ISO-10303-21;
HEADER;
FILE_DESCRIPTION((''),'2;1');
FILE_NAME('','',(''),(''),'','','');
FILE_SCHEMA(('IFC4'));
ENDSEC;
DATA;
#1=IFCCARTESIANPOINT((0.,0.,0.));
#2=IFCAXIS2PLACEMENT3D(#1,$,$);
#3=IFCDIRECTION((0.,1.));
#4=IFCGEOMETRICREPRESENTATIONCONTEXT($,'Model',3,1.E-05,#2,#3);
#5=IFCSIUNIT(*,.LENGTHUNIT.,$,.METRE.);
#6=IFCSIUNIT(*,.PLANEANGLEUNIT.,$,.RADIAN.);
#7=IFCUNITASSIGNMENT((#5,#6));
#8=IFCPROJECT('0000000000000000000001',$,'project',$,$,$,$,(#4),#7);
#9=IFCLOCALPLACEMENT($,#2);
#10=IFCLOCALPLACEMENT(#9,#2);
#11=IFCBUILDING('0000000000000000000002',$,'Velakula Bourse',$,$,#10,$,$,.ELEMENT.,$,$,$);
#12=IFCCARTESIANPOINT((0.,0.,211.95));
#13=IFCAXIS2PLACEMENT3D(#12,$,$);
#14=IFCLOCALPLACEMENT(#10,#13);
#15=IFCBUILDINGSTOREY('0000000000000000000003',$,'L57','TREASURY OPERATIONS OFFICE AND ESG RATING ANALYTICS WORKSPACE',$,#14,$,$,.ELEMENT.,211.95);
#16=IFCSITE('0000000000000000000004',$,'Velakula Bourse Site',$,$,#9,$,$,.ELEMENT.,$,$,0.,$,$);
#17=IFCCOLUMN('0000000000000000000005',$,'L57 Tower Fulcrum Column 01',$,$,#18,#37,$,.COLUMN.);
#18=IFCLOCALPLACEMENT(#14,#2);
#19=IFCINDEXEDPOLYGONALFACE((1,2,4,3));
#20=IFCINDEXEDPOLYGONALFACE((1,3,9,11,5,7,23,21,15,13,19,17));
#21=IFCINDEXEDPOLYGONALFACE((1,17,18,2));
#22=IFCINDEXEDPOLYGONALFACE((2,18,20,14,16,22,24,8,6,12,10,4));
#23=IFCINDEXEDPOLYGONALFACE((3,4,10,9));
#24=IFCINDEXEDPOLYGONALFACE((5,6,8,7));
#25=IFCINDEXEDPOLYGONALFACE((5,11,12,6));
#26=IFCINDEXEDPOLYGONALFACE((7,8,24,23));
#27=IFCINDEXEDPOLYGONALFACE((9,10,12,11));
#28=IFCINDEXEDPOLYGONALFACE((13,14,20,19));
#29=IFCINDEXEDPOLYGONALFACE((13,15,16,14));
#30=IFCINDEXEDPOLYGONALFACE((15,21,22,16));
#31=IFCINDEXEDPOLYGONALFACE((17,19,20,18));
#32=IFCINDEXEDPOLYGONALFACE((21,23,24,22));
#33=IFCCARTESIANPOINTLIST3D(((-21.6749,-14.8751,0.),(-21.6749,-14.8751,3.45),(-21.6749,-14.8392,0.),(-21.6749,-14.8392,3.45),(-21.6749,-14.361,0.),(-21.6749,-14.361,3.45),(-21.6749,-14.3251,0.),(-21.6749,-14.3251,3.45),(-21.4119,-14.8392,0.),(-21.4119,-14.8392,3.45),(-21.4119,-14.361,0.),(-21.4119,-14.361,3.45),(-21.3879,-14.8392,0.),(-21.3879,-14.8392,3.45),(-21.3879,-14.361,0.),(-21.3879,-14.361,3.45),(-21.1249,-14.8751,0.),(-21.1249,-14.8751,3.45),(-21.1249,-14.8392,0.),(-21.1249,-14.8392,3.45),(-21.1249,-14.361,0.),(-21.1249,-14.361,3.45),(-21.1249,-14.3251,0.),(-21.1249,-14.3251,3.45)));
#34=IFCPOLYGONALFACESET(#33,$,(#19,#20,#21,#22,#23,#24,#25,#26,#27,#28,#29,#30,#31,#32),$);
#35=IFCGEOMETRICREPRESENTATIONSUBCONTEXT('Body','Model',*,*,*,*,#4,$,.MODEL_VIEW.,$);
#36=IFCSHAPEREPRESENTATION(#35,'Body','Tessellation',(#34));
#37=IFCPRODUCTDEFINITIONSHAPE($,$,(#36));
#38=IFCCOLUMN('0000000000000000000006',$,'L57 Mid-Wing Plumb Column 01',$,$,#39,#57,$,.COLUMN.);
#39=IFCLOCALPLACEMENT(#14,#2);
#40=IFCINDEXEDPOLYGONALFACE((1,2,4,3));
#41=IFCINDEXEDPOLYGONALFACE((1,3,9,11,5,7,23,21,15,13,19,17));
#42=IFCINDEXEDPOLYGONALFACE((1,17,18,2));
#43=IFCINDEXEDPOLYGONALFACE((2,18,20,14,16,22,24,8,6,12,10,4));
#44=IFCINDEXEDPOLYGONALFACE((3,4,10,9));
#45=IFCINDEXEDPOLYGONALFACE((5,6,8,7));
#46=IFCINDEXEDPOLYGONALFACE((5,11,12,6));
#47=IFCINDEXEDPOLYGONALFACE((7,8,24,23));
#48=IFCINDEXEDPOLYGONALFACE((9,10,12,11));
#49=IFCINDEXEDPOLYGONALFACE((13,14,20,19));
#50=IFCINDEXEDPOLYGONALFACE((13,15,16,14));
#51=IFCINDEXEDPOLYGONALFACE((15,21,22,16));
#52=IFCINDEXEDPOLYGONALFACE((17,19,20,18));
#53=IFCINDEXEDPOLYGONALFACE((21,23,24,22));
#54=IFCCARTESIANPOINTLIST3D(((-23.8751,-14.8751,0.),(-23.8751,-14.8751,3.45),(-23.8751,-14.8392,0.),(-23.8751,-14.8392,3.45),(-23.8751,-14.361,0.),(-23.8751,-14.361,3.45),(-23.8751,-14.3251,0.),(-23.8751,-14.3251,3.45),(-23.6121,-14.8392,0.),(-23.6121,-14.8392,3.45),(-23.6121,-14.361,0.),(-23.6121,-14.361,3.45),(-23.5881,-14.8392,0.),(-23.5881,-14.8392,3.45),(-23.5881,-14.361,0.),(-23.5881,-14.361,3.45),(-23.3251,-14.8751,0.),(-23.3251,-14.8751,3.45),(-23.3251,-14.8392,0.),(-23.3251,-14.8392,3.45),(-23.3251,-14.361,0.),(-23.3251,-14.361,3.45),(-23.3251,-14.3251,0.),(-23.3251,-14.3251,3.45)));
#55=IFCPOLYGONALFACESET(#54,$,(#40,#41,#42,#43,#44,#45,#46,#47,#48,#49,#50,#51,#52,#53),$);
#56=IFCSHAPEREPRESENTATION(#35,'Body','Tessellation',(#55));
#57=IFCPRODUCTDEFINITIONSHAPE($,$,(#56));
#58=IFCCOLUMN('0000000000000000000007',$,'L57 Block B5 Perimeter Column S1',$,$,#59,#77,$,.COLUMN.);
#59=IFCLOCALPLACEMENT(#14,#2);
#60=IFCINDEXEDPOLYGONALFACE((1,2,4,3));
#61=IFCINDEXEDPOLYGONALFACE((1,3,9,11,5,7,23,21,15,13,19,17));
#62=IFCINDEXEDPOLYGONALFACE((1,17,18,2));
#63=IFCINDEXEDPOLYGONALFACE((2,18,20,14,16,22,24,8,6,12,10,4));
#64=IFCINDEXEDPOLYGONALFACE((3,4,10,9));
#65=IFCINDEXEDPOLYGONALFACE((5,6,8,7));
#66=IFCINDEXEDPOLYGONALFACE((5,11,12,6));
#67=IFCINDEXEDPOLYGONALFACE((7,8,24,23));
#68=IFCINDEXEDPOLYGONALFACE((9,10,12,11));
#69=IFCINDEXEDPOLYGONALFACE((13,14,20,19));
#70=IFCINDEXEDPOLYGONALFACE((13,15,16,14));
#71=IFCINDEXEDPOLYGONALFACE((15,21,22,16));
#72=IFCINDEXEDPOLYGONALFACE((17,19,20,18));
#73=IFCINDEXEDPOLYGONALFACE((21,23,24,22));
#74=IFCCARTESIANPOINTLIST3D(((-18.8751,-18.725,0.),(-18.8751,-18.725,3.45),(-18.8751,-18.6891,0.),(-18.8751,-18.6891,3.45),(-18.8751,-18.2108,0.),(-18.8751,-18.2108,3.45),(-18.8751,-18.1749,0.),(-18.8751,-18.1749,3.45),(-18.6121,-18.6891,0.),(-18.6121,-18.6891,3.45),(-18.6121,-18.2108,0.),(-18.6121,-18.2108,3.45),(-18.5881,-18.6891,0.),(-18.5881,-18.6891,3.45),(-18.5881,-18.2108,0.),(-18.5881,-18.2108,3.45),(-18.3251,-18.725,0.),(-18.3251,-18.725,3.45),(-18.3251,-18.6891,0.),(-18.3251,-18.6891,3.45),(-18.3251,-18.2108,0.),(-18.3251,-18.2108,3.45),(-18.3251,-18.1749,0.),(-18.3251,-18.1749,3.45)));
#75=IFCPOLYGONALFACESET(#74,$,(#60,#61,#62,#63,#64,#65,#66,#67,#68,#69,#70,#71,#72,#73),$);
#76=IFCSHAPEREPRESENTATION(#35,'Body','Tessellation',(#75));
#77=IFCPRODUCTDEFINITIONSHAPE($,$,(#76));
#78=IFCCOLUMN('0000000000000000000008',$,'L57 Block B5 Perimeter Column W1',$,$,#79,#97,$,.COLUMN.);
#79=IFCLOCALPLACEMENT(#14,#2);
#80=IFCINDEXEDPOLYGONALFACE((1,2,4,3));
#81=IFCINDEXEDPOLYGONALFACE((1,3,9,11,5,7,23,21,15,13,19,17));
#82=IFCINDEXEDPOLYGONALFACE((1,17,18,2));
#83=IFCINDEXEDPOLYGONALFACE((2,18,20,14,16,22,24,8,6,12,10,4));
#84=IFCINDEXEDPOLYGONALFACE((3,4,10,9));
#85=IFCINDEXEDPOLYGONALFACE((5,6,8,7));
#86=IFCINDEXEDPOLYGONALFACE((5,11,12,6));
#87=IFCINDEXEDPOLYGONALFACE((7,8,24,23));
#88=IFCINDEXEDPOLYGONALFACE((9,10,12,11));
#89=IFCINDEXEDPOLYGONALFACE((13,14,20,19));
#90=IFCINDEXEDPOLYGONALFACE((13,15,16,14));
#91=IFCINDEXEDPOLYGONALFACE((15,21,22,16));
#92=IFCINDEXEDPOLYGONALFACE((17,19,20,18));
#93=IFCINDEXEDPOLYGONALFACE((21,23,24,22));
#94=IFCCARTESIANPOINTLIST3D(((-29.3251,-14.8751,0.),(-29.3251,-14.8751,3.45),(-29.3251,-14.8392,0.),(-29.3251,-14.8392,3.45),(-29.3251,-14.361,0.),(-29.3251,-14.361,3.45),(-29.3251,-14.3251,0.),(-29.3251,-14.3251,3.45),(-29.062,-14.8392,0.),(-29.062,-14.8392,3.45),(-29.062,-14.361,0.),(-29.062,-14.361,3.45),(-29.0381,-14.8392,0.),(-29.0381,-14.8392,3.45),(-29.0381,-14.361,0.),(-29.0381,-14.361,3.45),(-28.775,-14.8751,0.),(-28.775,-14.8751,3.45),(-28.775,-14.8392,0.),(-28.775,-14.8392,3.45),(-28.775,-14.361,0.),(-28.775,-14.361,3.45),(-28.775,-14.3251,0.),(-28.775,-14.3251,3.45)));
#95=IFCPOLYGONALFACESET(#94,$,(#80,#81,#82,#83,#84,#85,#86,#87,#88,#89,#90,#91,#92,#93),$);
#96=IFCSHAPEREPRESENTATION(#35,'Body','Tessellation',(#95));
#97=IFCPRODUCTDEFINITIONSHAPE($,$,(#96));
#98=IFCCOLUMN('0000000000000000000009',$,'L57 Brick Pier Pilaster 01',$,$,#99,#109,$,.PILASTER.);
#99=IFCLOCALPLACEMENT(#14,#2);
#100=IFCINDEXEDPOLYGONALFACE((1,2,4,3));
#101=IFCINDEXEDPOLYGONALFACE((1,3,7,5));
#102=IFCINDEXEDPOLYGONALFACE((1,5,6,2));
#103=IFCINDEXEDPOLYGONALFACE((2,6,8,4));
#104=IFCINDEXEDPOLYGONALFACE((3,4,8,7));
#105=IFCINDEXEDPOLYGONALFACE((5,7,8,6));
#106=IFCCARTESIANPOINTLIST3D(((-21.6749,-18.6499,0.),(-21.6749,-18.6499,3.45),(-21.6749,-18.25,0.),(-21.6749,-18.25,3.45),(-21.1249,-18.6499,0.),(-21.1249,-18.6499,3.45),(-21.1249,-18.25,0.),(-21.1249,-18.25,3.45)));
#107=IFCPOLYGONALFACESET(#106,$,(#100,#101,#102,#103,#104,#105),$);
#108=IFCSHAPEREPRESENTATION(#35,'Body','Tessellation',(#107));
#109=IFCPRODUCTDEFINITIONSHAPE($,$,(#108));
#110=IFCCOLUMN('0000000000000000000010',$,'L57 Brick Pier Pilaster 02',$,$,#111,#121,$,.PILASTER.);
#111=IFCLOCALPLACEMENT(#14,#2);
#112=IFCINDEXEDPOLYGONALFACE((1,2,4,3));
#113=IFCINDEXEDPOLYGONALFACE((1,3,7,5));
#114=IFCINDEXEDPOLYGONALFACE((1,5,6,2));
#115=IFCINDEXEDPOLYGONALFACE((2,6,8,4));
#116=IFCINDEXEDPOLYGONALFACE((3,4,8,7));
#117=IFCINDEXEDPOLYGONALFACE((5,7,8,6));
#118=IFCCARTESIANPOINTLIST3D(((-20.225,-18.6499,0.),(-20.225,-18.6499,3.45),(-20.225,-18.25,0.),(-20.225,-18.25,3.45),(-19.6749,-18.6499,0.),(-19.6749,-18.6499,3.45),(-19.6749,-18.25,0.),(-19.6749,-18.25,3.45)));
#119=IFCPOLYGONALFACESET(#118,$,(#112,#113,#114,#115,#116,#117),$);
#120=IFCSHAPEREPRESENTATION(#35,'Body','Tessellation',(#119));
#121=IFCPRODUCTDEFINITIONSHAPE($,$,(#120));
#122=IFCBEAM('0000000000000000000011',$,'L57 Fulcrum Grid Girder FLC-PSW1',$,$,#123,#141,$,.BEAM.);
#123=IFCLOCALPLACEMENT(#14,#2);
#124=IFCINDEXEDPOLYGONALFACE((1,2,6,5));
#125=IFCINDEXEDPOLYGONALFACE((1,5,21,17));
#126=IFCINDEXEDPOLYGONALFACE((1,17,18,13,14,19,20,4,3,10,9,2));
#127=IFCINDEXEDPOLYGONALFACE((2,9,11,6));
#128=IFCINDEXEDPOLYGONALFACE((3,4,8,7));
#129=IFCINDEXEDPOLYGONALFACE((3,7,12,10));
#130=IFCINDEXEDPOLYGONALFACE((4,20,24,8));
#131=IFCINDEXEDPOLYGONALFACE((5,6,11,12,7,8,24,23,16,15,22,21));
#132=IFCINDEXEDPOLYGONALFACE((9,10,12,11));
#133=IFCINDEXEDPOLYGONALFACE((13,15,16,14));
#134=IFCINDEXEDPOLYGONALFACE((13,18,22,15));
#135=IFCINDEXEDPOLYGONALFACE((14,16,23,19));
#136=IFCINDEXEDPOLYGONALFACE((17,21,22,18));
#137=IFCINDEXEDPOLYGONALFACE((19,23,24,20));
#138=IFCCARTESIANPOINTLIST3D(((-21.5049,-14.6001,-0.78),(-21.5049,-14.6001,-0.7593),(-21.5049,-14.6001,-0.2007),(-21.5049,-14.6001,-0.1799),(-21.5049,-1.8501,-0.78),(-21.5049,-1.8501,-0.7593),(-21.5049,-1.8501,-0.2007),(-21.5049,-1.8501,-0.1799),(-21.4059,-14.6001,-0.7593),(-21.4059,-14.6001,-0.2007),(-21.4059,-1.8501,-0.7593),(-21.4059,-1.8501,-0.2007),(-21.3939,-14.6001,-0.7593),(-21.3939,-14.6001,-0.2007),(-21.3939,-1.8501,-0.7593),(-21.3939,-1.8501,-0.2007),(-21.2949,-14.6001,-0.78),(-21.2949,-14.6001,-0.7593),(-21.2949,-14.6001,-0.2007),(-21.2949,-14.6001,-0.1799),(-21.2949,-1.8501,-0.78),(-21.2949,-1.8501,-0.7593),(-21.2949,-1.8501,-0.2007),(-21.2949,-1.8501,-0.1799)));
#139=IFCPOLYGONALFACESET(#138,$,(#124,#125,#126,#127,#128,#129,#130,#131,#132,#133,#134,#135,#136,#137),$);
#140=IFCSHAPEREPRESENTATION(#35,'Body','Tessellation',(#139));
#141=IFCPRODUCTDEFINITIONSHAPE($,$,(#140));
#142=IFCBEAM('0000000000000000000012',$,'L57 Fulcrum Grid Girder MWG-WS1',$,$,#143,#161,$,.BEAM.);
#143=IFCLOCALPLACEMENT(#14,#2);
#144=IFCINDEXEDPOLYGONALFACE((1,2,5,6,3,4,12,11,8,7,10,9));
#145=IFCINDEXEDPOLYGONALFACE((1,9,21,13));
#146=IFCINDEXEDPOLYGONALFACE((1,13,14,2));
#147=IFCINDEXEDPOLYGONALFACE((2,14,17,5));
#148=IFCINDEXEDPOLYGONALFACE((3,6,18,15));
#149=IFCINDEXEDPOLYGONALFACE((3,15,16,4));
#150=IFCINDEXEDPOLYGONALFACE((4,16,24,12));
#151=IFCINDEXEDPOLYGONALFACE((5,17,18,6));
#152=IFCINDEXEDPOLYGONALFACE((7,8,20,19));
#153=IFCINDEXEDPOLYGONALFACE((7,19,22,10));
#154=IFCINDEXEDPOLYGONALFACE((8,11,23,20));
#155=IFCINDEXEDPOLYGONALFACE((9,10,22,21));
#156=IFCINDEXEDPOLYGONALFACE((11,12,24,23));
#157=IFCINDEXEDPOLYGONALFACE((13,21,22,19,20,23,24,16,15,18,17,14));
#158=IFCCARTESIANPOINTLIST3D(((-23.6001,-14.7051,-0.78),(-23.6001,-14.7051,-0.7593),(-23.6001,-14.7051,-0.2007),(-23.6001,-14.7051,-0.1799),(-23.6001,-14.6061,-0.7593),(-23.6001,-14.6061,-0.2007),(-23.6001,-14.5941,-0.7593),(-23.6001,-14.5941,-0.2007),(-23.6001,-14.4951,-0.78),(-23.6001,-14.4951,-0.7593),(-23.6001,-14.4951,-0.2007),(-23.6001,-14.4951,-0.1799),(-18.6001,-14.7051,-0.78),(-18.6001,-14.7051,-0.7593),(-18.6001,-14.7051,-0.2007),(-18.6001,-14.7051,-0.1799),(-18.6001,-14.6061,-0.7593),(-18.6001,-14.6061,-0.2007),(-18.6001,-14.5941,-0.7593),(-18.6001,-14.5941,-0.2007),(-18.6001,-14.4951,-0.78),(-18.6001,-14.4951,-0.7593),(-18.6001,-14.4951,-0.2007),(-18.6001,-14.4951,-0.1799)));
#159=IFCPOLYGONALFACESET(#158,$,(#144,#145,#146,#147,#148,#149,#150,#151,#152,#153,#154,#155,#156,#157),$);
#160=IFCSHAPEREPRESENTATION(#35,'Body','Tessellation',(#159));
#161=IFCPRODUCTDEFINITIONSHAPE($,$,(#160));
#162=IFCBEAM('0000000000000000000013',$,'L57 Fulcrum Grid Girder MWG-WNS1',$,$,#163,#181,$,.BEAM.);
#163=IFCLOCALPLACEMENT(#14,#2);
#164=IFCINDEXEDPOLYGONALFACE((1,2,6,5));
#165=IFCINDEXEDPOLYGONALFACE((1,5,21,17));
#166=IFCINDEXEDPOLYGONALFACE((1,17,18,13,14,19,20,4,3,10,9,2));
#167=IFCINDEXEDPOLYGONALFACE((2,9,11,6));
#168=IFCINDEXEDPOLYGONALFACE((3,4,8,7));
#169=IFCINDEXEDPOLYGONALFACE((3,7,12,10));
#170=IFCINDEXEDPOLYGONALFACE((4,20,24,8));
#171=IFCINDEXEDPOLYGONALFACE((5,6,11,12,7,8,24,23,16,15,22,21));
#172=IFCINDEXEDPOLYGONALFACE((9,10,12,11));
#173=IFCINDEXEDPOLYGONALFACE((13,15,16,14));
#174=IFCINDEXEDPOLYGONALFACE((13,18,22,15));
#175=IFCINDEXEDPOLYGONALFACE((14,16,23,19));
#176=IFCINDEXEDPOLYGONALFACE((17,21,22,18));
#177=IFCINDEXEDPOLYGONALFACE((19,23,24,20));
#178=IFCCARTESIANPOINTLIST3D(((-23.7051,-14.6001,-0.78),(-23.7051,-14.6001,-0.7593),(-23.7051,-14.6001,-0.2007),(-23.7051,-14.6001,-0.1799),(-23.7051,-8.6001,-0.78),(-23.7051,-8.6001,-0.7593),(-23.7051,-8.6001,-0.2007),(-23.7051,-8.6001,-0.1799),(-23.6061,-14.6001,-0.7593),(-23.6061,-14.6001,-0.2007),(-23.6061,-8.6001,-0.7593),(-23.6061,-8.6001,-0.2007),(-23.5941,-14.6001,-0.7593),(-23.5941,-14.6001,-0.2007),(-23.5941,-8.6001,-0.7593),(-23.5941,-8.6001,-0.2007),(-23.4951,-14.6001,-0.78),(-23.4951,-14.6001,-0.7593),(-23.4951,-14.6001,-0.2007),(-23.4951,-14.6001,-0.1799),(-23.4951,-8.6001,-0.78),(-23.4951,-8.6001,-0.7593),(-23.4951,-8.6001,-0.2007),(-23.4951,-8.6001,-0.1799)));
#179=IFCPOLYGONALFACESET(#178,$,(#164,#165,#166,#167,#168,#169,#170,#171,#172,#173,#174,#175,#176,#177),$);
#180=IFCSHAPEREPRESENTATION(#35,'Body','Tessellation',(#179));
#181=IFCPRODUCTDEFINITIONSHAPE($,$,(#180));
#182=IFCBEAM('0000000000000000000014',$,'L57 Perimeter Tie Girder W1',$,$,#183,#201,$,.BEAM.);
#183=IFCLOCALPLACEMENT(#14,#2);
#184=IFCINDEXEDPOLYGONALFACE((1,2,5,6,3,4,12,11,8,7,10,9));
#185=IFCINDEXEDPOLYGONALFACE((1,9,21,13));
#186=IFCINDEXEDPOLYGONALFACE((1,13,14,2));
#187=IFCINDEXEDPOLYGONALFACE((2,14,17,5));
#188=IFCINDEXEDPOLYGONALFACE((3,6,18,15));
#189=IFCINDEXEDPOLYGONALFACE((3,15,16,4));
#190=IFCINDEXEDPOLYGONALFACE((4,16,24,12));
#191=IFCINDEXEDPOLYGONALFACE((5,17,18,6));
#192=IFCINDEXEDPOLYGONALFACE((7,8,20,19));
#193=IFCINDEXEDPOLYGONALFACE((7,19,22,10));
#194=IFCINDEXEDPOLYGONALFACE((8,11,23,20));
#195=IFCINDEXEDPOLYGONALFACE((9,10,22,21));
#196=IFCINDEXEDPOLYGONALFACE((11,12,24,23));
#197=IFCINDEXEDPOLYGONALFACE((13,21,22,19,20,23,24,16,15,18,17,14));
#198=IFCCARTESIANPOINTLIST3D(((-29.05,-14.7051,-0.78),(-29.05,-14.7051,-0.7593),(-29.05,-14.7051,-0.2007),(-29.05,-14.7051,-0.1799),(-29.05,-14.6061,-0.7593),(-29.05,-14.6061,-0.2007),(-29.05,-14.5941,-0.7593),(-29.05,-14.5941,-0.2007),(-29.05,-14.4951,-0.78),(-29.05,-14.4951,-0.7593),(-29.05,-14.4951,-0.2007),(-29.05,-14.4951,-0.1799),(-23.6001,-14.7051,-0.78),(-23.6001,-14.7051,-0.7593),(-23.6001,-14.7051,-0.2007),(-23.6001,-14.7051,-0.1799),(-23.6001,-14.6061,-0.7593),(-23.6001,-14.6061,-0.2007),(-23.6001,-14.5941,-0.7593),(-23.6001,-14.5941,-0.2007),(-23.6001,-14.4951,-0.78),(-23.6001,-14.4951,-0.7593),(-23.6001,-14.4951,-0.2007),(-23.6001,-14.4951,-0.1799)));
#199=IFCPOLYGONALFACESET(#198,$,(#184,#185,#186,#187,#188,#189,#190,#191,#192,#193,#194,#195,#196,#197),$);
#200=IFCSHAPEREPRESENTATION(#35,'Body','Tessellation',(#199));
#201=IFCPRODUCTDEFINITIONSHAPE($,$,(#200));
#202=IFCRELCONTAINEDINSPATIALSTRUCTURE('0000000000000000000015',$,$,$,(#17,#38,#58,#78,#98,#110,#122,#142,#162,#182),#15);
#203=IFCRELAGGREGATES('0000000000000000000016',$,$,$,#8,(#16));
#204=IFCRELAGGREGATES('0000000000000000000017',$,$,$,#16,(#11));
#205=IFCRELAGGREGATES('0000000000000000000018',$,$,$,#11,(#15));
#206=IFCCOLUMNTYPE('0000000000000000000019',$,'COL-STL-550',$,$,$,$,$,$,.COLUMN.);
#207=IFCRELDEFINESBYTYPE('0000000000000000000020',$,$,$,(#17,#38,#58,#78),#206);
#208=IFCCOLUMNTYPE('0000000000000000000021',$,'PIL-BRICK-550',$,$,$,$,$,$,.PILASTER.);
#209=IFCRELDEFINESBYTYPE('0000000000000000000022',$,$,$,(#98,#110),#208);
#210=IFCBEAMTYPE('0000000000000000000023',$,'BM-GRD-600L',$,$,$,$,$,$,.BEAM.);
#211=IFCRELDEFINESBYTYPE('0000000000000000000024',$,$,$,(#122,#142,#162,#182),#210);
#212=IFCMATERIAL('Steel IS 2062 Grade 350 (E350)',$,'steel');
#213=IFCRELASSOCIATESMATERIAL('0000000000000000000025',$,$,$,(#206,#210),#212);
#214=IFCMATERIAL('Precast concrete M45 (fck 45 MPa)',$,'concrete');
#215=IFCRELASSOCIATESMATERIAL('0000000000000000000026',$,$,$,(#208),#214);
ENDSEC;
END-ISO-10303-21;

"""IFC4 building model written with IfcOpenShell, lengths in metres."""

from ifc_helpers import new_model, si_unit, direction, frame, origin, origin_2d, place, context, subcontext, project, spatial, rectangle, i_section, extrude, material, material_profile, profile_set, type_object, element, save


model = new_model("IFC4")

# Units and contexts
model_context = context("Model", 3, precision=1e-05, world=origin(), true_north=direction((0.0, 1.0)))
body_context = subcontext(model_context, "Body", "Model", "MODEL_VIEW")
ifc_project = project(units=[si_unit("LENGTHUNIT", "METRE"), si_unit("PLANEANGLEUNIT", "RADIAN")], contexts=[model_context])

# Site, building, storey
site_placement = place(None, origin())
site = spatial("IfcSite", under=ifc_project, at=site_placement, Name="Velakula Bourse Site", CompositionType="ELEMENT", RefElevation=0.0)
building_placement = place(site_placement, origin())
building = spatial("IfcBuilding", under=site, at=building_placement, Name="Velakula Bourse", CompositionType="ELEMENT")
storey_placement = place(building_placement, frame((0.0, 0.0, 211.95)))
storey = spatial("IfcBuildingStorey", under=building, at=storey_placement, Name="L57", Description="TREASURY OPERATIONS OFFICE AND ESG RATING ANALYTICS WORKSPACE", CompositionType="ELEMENT", Elevation=211.95)

# Columns
ifc_material_1 = material(Name="Steel IS 2062 Grade 350 (E350)", Category="steel")
ifc_material_profile_1 = material_profile(ifc_material_1, i_section(OverallWidth=0.55, OverallDepth=0.55, WebThickness=0.0239, FlangeThickness=0.0359, at=origin_2d()), Name="Steel IS 2062 Grade 350 (E350)")
ifc_profile_set_1 = profile_set([ifc_material_profile_1], Name="Steel IS 2062 Grade 350 (E350)")
column_type_1 = type_object("IfcColumnType", Name="COL-STL-550", PredefinedType="COLUMN", material=ifc_profile_set_1)
for number, where, z_axis, x_axis, name in (
    (1, (-21.3999, -14.6001, 0.0), (0.0, 0.0, 1.0), (1.0, 0.0, 0.0), "L57 Tower Fulcrum Column 01"),
    (2, (-23.6001, -14.6001, 0.0), (0.0, 0.0, 1.0), (1.0, 0.0, 0.0), "L57 Mid-Wing Plumb Column 01"),
    (3, (-18.6001, -18.45, 0.0), (0.0, 0.0, 1.0), (1.0, 0.0, 0.0), "L57 Block B5 Perimeter Column S1"),
    (4, (-29.05, -14.6001, 0.0), (0.0, 0.0, 1.0), (1.0, 0.0, 0.0), "L57 Block B5 Perimeter Column W1"),
):
    element("IfcColumn", number, at=place(storey_placement, frame(where, z_axis=z_axis, x_axis=x_axis)), inside=storey, type_object=column_type_1, Name=name, PredefinedType="COLUMN", context=body_context, shape_type="SweptSolid", body=[
        extrude(i_section(OverallWidth=0.55, OverallDepth=0.55, WebThickness=0.0239, FlangeThickness=0.0359, at=origin_2d()), origin(), (0.0, 0.0, 1.0), 3.45),
    ])
ifc_material_2 = material(Name="Precast concrete M45 (fck 45 MPa)", Category="concrete")
ifc_material_profile_2 = material_profile(ifc_material_2, rectangle(XDim=0.55, YDim=0.3999, at=origin_2d()), Name="Precast concrete M45 (fck 45 MPa)")
ifc_profile_set_2 = profile_set([ifc_material_profile_2], Name="Precast concrete M45 (fck 45 MPa)")
column_type_2 = type_object("IfcColumnType", Name="PIL-BRICK-550", PredefinedType="PILASTER", material=ifc_profile_set_2)
for number, where, z_axis, x_axis, name in (
    (5, (-21.3999, -18.45, 0.0), (0.0, 0.0, 1.0), (1.0, 0.0, 0.0), "L57 Brick Pier Pilaster 01"),
    (6, (-19.95, -18.45, 0.0), (0.0, 0.0, 1.0), (1.0, 0.0, 0.0), "L57 Brick Pier Pilaster 02"),
):
    element("IfcColumn", number, at=place(storey_placement, frame(where, z_axis=z_axis, x_axis=x_axis)), inside=storey, type_object=column_type_2, Name=name, PredefinedType="PILASTER", context=body_context, shape_type="SweptSolid", body=[
        extrude(rectangle(XDim=0.55, YDim=0.3999, at=origin_2d()), origin(), (0.0, 0.0, 1.0), 3.45),
    ])

# Beams
ifc_material_profile_3 = material_profile(ifc_material_1, i_section(OverallWidth=0.21, OverallDepth=0.6001, WebThickness=0.012, FlangeThickness=0.0208, at=origin_2d()), Name="Steel IS 2062 Grade 350 (E350)")
ifc_profile_set_3 = profile_set([ifc_material_profile_3], Name="Steel IS 2062 Grade 350 (E350)")
beam_type_1 = type_object("IfcBeamType", Name="BM-GRD-600L", PredefinedType="BEAM", material=ifc_profile_set_3)
beam_1_placement = place(storey_placement, frame((-21.3999, -14.6001, -0.48), z_axis=(0.0, 1.0, 0.0), x_axis=(-1.0, 0.0, 0.0)))
element("IfcBeam", 7, at=beam_1_placement, inside=storey, type_object=beam_type_1, Name="L57 Fulcrum Grid Girder FLC-PSW1", PredefinedType="BEAM", context=body_context, shape_type="SweptSolid", body=[
    extrude(i_section(OverallWidth=0.21, OverallDepth=0.6001, WebThickness=0.012, FlangeThickness=0.0208, at=origin_2d()), origin(), (0.0, 0.0, 1.0), 12.75),
])
beam_2_placement = place(storey_placement, frame((-23.6001, -14.6001, -0.48), z_axis=(1.0, 0.0, 0.0), x_axis=(0.0, 1.0, 0.0)))
element("IfcBeam", 8, at=beam_2_placement, inside=storey, type_object=beam_type_1, Name="L57 Fulcrum Grid Girder MWG-WS1", PredefinedType="BEAM", context=body_context, shape_type="SweptSolid", body=[
    extrude(i_section(OverallWidth=0.21, OverallDepth=0.6001, WebThickness=0.012, FlangeThickness=0.0208, at=origin_2d()), origin(), (0.0, 0.0, 1.0), 5.0),
])
beam_3_placement = place(storey_placement, frame((-23.6001, -14.6001, -0.48), z_axis=(0.0, 1.0, 0.0), x_axis=(-1.0, 0.0, 0.0)))
element("IfcBeam", 9, at=beam_3_placement, inside=storey, type_object=beam_type_1, Name="L57 Fulcrum Grid Girder MWG-WNS1", PredefinedType="BEAM", context=body_context, shape_type="SweptSolid", body=[
    extrude(i_section(OverallWidth=0.21, OverallDepth=0.6001, WebThickness=0.012, FlangeThickness=0.0208, at=origin_2d()), origin(), (0.0, 0.0, 1.0), 6.0),
])
beam_4_placement = place(storey_placement, frame((-23.6001, -14.6001, -0.48), z_axis=(-1.0, 0.0, 0.0), x_axis=(0.0, -1.0, 0.0)))
element("IfcBeam", 10, at=beam_4_placement, inside=storey, type_object=beam_type_1, Name="L57 Perimeter Tie Girder W1", PredefinedType="BEAM", context=body_context, shape_type="SweptSolid", body=[
    extrude(i_section(OverallWidth=0.21, OverallDepth=0.6001, WebThickness=0.012, FlangeThickness=0.0208, at=origin_2d()), origin(), (0.0, 0.0, 1.0), 5.45),
])

save(model, "model.ifc")
